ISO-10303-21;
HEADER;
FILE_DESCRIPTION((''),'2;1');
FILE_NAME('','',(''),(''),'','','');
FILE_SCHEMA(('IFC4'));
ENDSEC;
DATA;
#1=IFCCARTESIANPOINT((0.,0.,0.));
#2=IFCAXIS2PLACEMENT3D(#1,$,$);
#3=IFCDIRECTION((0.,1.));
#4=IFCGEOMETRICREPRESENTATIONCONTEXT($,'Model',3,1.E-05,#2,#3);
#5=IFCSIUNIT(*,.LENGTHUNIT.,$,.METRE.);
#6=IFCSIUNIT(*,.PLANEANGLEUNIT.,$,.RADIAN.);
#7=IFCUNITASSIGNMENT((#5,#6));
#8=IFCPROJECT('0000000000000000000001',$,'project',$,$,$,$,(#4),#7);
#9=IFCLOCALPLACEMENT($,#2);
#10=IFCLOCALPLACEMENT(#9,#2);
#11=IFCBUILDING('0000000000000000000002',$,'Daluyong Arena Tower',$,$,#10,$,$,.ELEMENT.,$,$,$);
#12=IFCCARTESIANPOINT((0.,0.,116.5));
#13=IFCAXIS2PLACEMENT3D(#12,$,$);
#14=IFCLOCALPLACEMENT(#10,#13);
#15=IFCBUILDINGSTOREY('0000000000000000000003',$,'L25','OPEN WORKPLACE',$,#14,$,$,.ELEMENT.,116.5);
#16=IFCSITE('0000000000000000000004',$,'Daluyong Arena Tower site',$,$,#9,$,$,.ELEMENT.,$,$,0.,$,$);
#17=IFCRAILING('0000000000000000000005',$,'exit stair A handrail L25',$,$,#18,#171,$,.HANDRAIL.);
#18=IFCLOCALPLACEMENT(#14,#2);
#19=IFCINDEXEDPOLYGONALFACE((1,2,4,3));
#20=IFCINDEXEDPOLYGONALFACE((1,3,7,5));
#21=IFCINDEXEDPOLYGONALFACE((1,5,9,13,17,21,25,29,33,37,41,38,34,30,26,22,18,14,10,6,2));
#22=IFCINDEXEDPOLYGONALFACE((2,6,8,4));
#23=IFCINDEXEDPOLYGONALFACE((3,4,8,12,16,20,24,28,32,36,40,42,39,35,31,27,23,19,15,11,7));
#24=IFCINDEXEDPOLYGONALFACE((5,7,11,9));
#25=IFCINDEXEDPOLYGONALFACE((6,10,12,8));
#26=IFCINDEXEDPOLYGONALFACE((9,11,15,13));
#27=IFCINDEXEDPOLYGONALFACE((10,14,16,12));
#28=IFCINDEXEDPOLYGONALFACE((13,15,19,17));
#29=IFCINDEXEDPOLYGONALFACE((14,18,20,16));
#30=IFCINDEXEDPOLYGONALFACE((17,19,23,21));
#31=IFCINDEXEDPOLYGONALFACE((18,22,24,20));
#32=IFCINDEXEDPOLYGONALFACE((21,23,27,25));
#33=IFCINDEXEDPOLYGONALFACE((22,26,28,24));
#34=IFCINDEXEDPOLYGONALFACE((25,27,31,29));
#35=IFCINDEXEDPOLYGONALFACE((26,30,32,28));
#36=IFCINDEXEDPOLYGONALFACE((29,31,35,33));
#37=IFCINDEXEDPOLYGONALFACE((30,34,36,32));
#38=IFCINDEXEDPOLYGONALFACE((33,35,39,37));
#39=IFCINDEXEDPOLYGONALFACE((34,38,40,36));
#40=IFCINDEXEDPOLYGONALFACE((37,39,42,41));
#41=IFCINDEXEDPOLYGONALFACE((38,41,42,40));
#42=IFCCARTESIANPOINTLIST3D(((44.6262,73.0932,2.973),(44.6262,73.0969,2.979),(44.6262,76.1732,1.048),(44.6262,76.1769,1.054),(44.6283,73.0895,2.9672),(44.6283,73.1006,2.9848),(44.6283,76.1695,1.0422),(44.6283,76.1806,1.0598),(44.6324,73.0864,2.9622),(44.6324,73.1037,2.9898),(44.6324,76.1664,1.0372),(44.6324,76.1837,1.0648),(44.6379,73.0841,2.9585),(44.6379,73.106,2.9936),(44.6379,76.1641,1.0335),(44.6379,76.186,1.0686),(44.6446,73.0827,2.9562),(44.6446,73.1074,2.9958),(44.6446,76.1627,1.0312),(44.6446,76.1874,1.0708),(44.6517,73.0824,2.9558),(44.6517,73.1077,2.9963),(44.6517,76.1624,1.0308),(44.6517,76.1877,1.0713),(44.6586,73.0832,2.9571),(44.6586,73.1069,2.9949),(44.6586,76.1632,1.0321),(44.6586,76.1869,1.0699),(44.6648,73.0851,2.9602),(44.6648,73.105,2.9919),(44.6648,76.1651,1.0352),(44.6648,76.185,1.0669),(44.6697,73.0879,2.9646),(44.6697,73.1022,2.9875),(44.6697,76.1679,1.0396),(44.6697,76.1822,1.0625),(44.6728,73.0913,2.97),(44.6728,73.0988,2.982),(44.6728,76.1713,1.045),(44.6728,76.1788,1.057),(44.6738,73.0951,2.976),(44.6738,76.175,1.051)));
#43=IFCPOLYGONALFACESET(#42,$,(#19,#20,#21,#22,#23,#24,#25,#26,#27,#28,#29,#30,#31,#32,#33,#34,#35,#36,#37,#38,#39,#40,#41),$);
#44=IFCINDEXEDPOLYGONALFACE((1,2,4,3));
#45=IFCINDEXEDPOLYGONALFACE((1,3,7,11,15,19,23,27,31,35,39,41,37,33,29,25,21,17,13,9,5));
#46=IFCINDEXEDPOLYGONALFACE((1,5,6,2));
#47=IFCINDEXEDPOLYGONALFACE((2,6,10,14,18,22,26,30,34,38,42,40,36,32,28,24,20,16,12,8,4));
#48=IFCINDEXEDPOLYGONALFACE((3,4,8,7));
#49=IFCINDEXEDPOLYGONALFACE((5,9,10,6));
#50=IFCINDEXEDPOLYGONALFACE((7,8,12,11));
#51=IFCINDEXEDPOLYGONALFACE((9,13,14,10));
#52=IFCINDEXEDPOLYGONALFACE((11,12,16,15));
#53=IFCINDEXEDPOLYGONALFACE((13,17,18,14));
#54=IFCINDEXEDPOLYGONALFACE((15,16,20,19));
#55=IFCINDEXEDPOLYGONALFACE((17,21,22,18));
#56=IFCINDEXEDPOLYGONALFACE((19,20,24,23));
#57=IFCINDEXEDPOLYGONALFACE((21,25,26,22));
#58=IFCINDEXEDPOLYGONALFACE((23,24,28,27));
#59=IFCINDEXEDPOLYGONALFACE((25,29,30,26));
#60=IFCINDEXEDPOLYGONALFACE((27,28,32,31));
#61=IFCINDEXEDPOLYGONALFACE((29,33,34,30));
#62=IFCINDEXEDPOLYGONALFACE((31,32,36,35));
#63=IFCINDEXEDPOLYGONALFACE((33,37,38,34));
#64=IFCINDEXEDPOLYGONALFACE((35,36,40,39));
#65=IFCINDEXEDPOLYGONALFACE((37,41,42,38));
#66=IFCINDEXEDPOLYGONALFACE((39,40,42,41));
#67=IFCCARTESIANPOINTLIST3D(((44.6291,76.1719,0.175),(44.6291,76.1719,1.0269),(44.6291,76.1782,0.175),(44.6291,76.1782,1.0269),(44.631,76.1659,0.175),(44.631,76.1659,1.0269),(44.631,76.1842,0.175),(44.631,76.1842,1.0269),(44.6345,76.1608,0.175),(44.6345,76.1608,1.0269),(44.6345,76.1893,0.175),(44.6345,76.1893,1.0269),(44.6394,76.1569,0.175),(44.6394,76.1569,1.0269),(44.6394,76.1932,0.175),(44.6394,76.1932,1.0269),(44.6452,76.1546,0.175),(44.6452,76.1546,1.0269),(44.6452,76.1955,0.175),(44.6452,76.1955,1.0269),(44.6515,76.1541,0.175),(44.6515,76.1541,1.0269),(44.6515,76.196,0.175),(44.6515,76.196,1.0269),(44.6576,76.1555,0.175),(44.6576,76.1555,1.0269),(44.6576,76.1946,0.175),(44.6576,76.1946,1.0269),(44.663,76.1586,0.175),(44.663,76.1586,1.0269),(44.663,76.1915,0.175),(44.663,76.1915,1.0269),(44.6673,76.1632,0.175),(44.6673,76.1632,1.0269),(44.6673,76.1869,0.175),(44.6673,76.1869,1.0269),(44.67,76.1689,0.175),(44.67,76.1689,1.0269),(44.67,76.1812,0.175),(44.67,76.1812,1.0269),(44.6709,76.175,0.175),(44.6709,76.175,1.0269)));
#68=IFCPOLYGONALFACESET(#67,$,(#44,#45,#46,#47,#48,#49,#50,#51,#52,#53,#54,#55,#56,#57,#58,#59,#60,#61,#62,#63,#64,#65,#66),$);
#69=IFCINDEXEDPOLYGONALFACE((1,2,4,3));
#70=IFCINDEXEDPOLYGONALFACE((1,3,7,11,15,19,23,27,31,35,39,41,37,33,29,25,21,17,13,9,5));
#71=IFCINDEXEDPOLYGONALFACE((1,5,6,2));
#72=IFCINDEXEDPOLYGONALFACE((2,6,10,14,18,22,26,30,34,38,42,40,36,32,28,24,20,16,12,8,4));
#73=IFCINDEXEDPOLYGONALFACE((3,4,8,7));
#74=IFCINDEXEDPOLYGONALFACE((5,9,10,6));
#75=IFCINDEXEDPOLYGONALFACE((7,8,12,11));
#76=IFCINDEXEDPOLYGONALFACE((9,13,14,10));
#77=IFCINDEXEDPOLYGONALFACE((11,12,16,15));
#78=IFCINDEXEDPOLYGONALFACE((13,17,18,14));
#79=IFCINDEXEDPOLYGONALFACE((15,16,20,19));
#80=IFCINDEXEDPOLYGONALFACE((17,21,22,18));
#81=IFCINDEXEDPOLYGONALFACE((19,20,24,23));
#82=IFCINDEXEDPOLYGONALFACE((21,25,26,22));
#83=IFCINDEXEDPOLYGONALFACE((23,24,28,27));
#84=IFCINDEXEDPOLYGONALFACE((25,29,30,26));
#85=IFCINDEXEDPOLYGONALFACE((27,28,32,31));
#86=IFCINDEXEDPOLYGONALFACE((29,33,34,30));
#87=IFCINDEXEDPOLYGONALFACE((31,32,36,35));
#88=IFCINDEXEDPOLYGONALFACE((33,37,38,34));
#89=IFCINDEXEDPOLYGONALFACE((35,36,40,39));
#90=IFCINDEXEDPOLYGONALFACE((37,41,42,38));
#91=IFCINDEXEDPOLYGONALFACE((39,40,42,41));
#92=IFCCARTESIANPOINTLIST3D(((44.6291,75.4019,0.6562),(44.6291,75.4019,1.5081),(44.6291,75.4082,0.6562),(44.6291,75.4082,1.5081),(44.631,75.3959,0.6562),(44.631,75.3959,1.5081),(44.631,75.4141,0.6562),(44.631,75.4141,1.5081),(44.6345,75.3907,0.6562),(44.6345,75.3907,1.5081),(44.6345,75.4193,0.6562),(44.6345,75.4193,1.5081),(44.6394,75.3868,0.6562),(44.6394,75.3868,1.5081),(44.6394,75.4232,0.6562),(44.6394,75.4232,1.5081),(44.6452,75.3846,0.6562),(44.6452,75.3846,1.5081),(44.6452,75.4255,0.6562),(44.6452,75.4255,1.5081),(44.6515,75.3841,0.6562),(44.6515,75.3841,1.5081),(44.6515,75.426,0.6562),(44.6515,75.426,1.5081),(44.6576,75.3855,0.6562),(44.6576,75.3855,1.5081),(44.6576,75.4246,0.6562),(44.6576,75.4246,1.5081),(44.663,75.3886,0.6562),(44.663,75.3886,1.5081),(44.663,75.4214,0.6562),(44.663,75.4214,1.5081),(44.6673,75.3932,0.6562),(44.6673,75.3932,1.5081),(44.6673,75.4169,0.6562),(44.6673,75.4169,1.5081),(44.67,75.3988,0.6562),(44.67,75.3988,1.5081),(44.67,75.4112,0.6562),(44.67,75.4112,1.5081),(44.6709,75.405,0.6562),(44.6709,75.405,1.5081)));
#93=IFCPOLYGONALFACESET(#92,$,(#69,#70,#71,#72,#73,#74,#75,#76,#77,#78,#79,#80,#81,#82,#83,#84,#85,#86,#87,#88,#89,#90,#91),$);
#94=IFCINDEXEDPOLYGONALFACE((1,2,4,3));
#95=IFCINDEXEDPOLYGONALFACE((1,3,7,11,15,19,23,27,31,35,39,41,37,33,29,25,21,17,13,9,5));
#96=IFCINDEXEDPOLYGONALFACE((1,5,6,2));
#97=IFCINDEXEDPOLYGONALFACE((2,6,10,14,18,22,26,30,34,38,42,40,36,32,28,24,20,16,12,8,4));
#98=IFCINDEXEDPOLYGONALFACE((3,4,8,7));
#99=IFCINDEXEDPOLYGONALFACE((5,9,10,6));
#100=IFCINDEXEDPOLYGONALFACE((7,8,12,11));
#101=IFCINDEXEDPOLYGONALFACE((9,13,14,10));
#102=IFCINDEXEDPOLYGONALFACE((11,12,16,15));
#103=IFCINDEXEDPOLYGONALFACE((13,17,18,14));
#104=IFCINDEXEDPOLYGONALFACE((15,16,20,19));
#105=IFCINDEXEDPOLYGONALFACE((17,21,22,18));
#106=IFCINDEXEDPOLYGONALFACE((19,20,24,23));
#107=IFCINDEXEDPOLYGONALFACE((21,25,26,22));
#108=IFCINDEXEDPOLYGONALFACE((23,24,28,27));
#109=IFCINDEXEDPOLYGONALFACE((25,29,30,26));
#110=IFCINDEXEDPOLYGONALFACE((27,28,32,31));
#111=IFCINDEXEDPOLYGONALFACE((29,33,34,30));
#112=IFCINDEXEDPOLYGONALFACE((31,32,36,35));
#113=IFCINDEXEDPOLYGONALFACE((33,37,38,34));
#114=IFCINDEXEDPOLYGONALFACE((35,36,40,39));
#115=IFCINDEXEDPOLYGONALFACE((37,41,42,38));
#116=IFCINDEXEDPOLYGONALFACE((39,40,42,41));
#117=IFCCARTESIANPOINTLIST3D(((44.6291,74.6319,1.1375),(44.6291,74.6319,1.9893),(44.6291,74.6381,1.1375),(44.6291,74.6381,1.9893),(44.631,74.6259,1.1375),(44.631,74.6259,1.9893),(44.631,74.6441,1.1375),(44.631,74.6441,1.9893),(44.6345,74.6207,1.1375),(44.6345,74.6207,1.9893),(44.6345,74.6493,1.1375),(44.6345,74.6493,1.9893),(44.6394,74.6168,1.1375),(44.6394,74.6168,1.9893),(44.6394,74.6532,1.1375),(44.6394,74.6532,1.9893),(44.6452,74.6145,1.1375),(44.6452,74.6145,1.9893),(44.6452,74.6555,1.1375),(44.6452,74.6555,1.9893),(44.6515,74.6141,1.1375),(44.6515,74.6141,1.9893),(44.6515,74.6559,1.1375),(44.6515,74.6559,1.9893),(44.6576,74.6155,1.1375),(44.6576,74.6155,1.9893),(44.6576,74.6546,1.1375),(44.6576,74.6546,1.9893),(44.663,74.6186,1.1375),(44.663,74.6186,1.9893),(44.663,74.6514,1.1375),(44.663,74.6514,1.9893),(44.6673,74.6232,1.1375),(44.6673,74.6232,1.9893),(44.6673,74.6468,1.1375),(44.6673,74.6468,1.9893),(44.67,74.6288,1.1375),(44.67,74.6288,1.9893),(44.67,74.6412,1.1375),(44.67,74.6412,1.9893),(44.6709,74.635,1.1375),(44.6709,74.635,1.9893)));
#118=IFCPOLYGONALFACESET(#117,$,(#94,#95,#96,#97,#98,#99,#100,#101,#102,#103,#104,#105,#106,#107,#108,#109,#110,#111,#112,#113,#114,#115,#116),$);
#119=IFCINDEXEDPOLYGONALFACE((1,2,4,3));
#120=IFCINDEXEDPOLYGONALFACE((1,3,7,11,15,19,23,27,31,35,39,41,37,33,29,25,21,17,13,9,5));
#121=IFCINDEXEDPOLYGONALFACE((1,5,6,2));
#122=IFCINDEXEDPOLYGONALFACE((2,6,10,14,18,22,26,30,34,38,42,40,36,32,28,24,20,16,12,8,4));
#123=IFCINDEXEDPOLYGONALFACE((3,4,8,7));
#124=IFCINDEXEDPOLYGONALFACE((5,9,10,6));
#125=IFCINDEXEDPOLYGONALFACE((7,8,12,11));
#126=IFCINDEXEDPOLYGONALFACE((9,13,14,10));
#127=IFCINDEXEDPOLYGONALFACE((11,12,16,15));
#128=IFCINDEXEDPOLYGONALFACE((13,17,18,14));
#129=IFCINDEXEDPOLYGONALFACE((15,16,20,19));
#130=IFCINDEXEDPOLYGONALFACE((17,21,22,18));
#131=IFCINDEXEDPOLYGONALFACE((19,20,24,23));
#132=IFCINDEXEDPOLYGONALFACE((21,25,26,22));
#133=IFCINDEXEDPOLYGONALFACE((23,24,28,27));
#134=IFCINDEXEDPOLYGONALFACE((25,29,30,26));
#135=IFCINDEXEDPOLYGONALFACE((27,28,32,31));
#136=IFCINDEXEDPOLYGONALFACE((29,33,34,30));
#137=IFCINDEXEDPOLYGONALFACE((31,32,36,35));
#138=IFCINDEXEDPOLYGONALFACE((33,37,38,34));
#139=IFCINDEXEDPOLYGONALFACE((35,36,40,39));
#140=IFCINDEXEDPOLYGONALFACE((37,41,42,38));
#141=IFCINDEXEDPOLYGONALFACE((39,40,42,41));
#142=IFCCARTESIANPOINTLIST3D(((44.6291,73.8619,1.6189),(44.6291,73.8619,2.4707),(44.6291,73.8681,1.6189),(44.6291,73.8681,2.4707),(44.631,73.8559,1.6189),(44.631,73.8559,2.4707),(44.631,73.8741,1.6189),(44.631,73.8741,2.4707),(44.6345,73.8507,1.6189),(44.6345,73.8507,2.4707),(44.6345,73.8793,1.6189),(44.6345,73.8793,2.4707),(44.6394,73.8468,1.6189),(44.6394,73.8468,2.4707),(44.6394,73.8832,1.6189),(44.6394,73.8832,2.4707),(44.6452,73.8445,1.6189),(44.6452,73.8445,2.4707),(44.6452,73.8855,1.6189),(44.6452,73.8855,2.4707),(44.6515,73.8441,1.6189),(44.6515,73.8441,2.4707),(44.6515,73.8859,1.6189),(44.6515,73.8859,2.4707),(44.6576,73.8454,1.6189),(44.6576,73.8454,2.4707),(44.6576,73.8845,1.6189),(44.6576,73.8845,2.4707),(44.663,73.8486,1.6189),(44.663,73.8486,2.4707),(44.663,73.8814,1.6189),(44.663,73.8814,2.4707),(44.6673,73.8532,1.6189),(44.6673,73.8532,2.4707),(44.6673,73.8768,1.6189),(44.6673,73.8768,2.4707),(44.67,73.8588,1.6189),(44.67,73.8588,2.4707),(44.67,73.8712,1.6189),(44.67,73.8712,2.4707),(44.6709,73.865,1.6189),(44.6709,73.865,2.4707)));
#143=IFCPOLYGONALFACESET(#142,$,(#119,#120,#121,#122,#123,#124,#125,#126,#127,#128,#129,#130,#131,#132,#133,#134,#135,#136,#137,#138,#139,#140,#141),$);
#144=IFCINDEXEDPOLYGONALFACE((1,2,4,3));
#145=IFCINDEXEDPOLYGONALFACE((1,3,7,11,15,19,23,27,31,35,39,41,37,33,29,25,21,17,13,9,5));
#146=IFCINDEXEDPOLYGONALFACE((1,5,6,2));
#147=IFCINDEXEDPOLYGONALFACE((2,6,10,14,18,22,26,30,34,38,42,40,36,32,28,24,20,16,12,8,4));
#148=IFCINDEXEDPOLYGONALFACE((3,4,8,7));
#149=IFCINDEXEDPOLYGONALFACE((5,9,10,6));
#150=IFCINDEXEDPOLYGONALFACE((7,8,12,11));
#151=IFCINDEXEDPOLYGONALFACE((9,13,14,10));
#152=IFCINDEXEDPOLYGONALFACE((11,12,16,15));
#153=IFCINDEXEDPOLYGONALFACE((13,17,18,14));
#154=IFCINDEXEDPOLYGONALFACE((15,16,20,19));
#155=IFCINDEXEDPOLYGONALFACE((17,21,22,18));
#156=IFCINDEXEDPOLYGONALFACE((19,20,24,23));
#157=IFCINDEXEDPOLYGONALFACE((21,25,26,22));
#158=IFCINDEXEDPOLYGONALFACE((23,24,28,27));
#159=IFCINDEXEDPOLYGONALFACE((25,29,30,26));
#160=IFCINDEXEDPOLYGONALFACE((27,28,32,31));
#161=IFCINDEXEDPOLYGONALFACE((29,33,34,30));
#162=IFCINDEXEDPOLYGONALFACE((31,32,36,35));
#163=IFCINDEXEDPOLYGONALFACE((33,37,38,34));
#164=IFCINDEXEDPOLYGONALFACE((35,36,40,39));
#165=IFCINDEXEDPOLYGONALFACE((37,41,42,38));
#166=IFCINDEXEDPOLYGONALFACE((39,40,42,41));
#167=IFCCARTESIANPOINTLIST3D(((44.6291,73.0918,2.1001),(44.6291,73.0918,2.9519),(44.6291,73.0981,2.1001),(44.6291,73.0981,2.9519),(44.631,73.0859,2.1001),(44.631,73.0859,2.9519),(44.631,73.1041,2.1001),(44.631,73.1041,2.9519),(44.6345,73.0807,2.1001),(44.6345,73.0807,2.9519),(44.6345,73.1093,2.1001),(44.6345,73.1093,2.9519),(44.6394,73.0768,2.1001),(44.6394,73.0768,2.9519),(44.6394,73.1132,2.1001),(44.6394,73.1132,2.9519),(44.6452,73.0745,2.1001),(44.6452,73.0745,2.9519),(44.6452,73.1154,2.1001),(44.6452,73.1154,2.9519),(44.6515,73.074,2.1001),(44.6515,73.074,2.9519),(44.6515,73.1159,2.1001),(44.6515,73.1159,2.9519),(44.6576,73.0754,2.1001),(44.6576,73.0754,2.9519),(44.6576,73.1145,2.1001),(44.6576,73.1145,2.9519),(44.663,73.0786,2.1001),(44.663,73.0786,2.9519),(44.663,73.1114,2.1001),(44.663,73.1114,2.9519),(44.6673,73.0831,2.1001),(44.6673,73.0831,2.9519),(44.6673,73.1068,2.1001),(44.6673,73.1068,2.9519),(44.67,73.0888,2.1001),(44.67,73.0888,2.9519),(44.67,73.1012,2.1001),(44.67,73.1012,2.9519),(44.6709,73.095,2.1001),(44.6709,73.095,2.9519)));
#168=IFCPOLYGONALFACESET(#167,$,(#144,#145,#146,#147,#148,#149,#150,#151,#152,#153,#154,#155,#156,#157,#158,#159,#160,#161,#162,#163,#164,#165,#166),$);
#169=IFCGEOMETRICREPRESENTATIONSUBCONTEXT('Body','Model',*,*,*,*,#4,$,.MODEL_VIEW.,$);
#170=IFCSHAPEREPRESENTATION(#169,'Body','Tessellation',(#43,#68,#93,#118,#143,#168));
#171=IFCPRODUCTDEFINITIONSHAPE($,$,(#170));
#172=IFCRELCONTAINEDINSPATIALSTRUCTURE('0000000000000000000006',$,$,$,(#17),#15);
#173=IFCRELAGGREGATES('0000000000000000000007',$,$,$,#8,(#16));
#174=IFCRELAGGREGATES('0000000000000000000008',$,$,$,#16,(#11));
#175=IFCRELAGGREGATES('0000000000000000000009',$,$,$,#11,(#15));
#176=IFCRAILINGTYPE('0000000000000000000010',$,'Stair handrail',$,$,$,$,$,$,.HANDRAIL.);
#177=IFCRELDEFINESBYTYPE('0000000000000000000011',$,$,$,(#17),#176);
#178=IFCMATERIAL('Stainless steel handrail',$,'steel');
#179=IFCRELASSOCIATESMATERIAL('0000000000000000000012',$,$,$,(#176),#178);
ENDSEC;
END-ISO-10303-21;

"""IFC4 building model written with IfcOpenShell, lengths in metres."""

from ifc_helpers import new_model, si_unit, direction, frame, origin, origin_2d, place, context, subcontext, project, spatial, circle, extrude, material, type_object, element, save


model = new_model("IFC4")

# Units and contexts
model_context = context("Model", 3, precision=1e-05, world=origin(), true_north=direction((0.0, 1.0)))
body_context = subcontext(model_context, "Body", "Model", "MODEL_VIEW")
ifc_project = project(units=[si_unit("LENGTHUNIT", "METRE"), si_unit("PLANEANGLEUNIT", "RADIAN")], contexts=[model_context])

# Site, building, storey
site_placement = place(None, origin())
site = spatial("IfcSite", under=ifc_project, at=site_placement, Name="Daluyong Arena Tower site", CompositionType="ELEMENT", RefElevation=0.0)
building_placement = place(site_placement, origin())
building = spatial("IfcBuilding", under=site, at=building_placement, Name="Daluyong Arena Tower", CompositionType="ELEMENT")
storey_placement = place(building_placement, frame((0.0, 0.0, 116.5)))
storey = spatial("IfcBuildingStorey", under=building, at=storey_placement, Name="L25", Description="OPEN WORKPLACE", CompositionType="ELEMENT", Elevation=116.5)

# Railing
ifc_material_1 = material(Name="Stainless steel handrail", Category="steel")
railing_type_1 = type_object("IfcRailingType", Name="Stair handrail", PredefinedType="HANDRAIL", material=ifc_material_1)
railing_1_placement = place(storey_placement, frame((44.6499, 76.175, 0.175)))
element("IfcRailing", 1, at=railing_1_placement, inside=storey, type_object=railing_type_1, Name="exit stair A handrail L25", PredefinedType="HANDRAIL", context=body_context, shape_type="SweptSolid", body=[
    extrude(circle(Radius=0.0239, at=origin_2d()), frame((0.0, 0.0, 0.876), z_axis=(0.0, -0.847998, 0.529999), x_axis=(1.0, 0.0, 0.0)), (0.0, 0.0, 1.0), 3.6321),
    extrude(circle(Radius=0.021, at=origin_2d()), origin(), (0.0, 0.0, 1.0), 0.8518),
    extrude(circle(Radius=0.021, at=origin_2d()), frame((0.0, -0.77, 0.4812)), (0.0, 0.0, 1.0), 0.8518),
    extrude(circle(Radius=0.021, at=origin_2d()), frame((0.0, -1.54, 0.9624)), (0.0, 0.0, 1.0), 0.8518),
    extrude(circle(Radius=0.021, at=origin_2d()), frame((0.0, -2.3101, 1.4438)), (0.0, 0.0, 1.0), 0.8518),
    extrude(circle(Radius=0.021, at=origin_2d()), frame((0.0, -3.0801, 1.925)), (0.0, 0.0, 1.0), 0.8518),
])

save(model, "model.ifc")
